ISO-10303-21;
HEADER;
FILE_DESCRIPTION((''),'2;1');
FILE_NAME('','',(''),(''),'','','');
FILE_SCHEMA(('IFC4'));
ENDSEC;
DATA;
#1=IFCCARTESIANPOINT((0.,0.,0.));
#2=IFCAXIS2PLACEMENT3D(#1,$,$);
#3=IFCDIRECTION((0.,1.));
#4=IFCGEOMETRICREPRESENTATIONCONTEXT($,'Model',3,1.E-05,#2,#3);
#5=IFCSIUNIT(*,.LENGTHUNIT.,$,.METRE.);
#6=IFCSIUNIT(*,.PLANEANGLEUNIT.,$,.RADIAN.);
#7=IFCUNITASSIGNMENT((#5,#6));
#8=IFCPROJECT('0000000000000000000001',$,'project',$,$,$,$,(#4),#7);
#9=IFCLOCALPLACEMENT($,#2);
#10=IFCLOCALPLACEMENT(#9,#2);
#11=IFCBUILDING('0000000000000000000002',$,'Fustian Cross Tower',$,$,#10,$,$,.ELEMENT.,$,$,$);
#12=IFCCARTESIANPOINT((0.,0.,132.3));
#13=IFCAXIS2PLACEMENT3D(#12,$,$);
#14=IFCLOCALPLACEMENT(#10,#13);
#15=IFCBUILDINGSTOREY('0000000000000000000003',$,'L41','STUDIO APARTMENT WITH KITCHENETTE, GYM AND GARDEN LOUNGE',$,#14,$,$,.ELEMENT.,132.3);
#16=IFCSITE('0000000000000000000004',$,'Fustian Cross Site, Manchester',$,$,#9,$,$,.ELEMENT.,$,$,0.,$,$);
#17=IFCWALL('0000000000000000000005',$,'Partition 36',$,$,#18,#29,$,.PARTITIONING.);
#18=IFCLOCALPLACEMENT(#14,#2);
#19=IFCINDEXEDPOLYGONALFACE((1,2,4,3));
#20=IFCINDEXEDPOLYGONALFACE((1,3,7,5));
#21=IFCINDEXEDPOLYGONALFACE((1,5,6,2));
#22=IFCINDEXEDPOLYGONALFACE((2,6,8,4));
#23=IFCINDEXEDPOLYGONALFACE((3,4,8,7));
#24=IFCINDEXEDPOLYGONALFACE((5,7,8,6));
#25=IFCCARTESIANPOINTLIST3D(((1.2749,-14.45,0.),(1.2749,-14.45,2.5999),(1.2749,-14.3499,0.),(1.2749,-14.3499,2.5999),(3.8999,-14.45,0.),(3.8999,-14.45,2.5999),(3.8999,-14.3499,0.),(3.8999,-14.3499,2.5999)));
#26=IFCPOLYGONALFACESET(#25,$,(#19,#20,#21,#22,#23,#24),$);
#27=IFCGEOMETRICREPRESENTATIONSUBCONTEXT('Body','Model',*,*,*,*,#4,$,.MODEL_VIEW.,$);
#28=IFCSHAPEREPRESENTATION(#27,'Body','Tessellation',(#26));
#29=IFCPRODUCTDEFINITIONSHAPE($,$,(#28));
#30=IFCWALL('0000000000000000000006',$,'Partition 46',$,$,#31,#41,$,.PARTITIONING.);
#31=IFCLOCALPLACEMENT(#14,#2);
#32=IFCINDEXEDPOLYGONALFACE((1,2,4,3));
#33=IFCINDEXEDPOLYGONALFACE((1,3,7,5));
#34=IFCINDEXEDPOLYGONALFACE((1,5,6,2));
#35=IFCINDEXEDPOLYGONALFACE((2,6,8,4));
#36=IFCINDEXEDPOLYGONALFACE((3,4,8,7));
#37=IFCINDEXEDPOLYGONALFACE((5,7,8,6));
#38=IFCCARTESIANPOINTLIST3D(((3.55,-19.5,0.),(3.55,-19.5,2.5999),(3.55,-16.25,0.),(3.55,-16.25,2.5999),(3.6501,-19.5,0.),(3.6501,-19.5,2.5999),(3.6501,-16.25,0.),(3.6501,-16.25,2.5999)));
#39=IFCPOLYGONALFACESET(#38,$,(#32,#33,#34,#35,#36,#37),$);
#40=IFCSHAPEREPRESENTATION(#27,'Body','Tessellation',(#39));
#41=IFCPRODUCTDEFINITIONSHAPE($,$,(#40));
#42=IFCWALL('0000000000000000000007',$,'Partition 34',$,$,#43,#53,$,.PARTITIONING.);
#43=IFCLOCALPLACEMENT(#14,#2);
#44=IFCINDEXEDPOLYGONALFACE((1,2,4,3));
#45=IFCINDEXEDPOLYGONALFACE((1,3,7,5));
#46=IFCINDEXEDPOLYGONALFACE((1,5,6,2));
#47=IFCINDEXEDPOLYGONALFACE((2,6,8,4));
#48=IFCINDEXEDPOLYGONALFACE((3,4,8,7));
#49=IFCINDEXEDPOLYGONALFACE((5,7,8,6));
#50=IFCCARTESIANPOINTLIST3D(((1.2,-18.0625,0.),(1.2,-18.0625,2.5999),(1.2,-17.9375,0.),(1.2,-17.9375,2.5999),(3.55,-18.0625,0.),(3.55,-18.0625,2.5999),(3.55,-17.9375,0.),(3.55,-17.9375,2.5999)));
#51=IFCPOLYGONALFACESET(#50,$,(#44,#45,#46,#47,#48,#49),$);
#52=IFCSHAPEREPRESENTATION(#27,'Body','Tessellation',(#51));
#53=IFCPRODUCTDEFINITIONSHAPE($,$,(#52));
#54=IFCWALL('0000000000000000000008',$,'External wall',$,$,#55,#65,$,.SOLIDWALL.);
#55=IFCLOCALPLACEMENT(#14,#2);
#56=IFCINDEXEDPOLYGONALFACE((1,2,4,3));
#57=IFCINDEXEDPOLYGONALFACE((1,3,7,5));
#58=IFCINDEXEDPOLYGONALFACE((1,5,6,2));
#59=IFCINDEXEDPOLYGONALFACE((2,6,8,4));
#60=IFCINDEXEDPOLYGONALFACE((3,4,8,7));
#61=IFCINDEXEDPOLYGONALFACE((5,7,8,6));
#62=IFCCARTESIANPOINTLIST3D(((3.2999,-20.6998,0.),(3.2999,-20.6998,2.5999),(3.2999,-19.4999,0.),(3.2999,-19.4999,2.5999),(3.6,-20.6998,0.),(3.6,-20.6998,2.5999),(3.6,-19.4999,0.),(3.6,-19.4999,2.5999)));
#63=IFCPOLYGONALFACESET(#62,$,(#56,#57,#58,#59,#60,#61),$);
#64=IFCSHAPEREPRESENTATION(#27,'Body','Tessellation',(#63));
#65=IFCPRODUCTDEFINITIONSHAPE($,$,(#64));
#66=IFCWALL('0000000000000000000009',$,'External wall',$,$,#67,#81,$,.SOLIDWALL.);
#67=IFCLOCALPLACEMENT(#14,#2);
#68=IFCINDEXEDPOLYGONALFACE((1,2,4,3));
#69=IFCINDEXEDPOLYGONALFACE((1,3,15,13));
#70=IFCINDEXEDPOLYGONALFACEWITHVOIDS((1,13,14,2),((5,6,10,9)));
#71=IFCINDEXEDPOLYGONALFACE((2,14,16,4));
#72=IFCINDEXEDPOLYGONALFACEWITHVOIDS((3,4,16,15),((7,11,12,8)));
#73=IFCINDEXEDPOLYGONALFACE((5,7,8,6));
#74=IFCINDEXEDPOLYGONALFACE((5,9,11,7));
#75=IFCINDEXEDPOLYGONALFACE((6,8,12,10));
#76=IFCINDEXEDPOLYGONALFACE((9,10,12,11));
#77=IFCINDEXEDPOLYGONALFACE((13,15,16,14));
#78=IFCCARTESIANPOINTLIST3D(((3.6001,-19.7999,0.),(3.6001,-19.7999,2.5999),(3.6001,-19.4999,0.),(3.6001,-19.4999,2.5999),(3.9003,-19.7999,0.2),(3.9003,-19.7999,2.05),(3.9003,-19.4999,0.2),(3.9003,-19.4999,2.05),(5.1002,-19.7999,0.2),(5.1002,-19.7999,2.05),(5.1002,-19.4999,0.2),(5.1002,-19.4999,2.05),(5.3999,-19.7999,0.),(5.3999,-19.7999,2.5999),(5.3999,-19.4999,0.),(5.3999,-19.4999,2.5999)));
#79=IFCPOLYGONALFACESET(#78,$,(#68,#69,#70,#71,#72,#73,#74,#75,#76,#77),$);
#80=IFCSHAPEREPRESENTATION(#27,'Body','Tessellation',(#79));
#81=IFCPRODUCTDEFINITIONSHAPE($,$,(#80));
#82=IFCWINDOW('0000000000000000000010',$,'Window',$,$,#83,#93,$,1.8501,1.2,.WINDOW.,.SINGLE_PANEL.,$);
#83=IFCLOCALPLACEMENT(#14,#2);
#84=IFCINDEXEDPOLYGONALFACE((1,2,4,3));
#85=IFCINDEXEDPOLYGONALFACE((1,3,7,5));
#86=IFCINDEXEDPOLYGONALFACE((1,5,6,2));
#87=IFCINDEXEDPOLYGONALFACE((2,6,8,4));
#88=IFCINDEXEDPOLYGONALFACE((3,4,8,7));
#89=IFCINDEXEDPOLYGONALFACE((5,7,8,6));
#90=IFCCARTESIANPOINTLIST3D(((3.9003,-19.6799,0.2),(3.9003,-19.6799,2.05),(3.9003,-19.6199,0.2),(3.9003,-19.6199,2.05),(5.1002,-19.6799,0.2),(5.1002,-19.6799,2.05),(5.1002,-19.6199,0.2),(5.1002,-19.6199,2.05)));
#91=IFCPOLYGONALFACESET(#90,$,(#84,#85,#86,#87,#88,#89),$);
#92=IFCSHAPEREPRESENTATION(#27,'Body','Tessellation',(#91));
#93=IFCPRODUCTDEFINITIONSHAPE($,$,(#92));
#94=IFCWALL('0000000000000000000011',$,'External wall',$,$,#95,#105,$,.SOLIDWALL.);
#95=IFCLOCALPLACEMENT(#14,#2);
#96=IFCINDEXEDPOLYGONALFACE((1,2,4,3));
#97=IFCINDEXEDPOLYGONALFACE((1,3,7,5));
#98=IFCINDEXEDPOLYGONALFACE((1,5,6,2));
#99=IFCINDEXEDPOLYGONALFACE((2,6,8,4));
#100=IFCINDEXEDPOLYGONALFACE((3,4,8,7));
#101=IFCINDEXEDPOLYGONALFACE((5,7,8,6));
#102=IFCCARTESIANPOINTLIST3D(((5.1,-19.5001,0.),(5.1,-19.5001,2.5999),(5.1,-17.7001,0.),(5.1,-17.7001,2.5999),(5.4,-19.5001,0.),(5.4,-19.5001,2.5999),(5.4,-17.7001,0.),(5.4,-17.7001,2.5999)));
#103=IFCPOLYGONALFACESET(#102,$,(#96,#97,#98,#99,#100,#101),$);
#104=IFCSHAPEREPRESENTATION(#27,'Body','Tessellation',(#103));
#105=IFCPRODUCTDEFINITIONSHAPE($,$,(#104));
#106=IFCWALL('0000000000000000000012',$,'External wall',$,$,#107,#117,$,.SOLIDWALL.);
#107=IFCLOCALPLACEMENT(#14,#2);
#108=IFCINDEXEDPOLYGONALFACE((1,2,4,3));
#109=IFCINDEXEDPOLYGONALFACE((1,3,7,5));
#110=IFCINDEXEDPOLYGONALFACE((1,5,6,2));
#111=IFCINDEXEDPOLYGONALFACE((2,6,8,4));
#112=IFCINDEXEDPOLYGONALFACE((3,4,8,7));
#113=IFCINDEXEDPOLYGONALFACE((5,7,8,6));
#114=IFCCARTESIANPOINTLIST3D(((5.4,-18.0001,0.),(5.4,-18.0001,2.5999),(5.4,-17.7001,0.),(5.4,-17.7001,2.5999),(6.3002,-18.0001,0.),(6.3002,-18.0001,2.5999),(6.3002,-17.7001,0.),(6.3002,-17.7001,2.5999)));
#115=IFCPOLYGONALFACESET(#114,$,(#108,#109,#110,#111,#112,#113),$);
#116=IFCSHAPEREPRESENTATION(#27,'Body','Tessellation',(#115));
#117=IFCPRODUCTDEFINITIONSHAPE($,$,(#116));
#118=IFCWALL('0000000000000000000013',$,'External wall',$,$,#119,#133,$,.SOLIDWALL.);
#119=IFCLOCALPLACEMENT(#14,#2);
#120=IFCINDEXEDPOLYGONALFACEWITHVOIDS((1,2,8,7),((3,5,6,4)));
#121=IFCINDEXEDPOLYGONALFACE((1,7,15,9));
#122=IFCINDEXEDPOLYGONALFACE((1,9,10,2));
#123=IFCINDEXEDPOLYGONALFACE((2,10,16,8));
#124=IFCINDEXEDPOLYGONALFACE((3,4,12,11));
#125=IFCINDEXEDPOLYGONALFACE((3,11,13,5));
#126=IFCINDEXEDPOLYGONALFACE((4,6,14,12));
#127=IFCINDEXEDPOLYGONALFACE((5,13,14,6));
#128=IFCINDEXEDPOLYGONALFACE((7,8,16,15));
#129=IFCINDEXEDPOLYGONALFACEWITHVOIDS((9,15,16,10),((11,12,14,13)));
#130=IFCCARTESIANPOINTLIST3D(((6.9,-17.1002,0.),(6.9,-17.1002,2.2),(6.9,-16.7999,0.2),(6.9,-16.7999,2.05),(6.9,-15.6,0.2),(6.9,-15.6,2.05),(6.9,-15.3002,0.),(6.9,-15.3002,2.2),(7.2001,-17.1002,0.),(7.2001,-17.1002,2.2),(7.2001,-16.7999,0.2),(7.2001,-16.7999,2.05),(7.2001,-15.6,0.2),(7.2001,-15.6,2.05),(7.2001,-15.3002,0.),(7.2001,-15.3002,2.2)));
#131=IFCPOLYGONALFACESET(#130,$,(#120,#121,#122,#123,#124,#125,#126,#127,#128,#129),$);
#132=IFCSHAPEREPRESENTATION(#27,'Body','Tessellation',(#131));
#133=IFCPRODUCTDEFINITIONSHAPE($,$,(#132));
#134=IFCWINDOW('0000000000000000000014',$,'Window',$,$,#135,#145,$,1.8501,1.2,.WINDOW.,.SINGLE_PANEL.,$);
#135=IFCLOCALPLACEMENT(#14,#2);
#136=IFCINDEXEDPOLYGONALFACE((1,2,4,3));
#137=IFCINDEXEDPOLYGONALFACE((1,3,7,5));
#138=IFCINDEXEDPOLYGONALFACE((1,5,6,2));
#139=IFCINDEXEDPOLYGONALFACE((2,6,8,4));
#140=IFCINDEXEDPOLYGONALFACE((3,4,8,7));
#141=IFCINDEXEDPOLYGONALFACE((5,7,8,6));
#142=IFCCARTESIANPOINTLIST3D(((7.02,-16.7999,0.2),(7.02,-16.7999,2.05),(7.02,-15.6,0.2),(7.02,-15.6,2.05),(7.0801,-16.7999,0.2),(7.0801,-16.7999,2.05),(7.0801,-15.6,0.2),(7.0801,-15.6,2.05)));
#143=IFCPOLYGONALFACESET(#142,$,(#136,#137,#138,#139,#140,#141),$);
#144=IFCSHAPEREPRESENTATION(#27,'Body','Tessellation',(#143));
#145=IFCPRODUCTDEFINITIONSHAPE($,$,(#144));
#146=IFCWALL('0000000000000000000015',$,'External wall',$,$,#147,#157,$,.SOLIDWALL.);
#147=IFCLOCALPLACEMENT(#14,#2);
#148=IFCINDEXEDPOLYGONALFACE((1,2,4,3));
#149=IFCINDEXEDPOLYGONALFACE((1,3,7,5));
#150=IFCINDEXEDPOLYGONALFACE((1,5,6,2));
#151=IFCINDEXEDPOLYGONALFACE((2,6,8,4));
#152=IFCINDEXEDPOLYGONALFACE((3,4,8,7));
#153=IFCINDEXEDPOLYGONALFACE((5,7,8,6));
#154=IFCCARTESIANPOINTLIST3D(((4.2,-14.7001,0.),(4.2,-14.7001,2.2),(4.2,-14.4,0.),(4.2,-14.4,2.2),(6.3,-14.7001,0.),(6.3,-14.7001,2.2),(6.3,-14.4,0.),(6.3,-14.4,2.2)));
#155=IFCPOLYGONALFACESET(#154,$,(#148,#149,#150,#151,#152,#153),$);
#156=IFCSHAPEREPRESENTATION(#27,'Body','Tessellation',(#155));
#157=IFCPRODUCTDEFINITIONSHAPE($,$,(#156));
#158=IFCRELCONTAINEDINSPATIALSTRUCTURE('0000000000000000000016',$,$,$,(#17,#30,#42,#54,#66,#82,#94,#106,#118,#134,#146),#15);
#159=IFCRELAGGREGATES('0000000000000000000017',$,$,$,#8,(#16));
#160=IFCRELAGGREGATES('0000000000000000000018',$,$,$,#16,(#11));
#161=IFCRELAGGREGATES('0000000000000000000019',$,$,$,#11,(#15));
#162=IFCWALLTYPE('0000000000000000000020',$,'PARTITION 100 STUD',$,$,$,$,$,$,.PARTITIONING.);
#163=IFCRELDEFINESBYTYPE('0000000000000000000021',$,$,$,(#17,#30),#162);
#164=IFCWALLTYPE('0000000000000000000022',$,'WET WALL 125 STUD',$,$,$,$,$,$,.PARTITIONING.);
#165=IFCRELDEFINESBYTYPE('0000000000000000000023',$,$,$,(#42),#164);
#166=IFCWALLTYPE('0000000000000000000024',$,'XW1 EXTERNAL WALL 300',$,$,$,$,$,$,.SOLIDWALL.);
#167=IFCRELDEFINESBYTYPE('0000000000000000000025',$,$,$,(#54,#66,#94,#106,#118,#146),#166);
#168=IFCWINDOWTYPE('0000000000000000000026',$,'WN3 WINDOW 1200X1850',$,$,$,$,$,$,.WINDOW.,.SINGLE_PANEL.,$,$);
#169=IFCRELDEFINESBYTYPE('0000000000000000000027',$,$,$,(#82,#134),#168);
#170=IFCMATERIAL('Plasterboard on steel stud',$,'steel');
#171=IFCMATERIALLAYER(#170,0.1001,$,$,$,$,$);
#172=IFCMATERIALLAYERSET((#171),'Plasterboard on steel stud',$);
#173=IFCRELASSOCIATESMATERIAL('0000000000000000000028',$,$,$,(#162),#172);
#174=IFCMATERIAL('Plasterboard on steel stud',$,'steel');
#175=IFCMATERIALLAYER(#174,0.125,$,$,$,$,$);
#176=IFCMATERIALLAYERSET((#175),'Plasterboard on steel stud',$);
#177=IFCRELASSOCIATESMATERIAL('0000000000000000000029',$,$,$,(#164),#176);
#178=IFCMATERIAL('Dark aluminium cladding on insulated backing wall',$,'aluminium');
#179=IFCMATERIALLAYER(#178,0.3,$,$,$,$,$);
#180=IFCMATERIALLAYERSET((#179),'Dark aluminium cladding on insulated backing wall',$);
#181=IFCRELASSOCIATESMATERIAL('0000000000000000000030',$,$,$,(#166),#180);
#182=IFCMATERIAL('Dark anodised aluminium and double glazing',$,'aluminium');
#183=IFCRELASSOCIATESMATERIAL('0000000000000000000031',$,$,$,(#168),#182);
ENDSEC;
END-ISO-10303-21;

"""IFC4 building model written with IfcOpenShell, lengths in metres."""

from ifc_helpers import new_model, si_unit, direction, frame, frame_2d, origin, place, context, subcontext, project, spatial, rectangle, extrude, material, layer, layer_set, type_object, element, fill, save


model = new_model("IFC4")

# Units and contexts
model_context = context("Model", 3, precision=1e-05, world=origin(), true_north=direction((0.0, 1.0)))
body_context = subcontext(model_context, "Body", "Model", "MODEL_VIEW")
ifc_project = project(units=[si_unit("LENGTHUNIT", "METRE"), si_unit("PLANEANGLEUNIT", "RADIAN")], contexts=[model_context])

# Site, building, storey
site_placement = place(None, origin())
site = spatial("IfcSite", under=ifc_project, at=site_placement, Name="Fustian Cross Site, Manchester", CompositionType="ELEMENT", RefElevation=0.0)
building_placement = place(site_placement, origin())
building = spatial("IfcBuilding", under=site, at=building_placement, Name="Fustian Cross Tower", CompositionType="ELEMENT")
storey_placement = place(building_placement, frame((0.0, 0.0, 132.3)))
storey = spatial("IfcBuildingStorey", under=building, at=storey_placement, Name="L41", Description="STUDIO APARTMENT WITH KITCHENETTE, GYM AND GARDEN LOUNGE", CompositionType="ELEMENT", Elevation=132.3)

# Shared definitions
ifc_material_1 = material(Name="Plasterboard on steel stud", Category="steel")
ifc_layer_1 = layer(ifc_material_1, 0.1001)
ifc_layer_set_1 = layer_set([ifc_layer_1], Name="Plasterboard on steel stud")
wall_type_1 = type_object("IfcWallType", Name="PARTITION 100 STUD", PredefinedType="PARTITIONING", material=ifc_layer_set_1)

# Walls
wall_1_placement = place(storey_placement, frame((1.2749, -14.3999, 0.0), z_axis=(0.0, 0.0, 1.0), x_axis=(1.0, 0.0, 0.0)))
element("IfcWall", 1, at=wall_1_placement, inside=storey, type_object=wall_type_1, Name="Partition 36", PredefinedType="PARTITIONING", context=body_context, shape_type="SweptSolid", body=[
    extrude(rectangle(XDim=2.625, YDim=0.1001, at=frame_2d((1.3125, 0.0))), origin(), (0.0, 0.0, 1.0), 2.5999),
])
wall_2_placement = place(storey_placement, frame((3.6001, -19.5, 0.0), z_axis=(0.0, 0.0, 1.0), x_axis=(0.0, 1.0, 0.0)))
element("IfcWall", 2, at=wall_2_placement, inside=storey, type_object=wall_type_1, Name="Partition 46", PredefinedType="PARTITIONING", context=body_context, shape_type="SweptSolid", body=[
    extrude(rectangle(XDim=3.25, YDim=0.1001, at=frame_2d((1.625, 0.0))), origin(), (0.0, 0.0, 1.0), 2.5999),
])
ifc_material_2 = material(Name="Plasterboard on steel stud", Category="steel")
ifc_layer_2 = layer(ifc_material_2, 0.125)
ifc_layer_set_2 = layer_set([ifc_layer_2], Name="Plasterboard on steel stud")
wall_type_2 = type_object("IfcWallType", Name="WET WALL 125 STUD", PredefinedType="PARTITIONING", material=ifc_layer_set_2)
wall_3_placement = place(storey_placement, frame((1.2, -18.0, 0.0), z_axis=(0.0, 0.0, 1.0), x_axis=(1.0, 0.0, 0.0)))
element("IfcWall", 3, at=wall_3_placement, inside=storey, type_object=wall_type_2, Name="Partition 34", PredefinedType="PARTITIONING", context=body_context, shape_type="SweptSolid", body=[
    extrude(rectangle(XDim=2.3501, YDim=0.125, at=frame_2d((1.175, 0.0))), origin(), (0.0, 0.0, 1.0), 2.5999),
])
ifc_material_3 = material(Name="Dark aluminium cladding on insulated backing wall", Category="aluminium")
ifc_layer_3 = layer(ifc_material_3, 0.3)
ifc_layer_set_3 = layer_set([ifc_layer_3], Name="Dark aluminium cladding on insulated backing wall")
wall_type_3 = type_object("IfcWallType", Name="XW1 EXTERNAL WALL 300", PredefinedType="SOLIDWALL", material=ifc_layer_set_3)
wall_4_placement = place(storey_placement, frame((3.45, -20.7, 0.0), z_axis=(0.0, 0.0, 1.0), x_axis=(0.0, 1.0, 0.0)))
element("IfcWall", 4, at=wall_4_placement, inside=storey, type_object=wall_type_3, Name="External wall", PredefinedType="SOLIDWALL", context=body_context, shape_type="SweptSolid", body=[
    extrude(rectangle(XDim=1.2, YDim=0.3, at=frame_2d((0.6001, 0.0))), origin(), (0.0, 0.0, 1.0), 2.5999),
])

# Wall, opening, window
wall_5_placement = place(storey_placement, frame((3.6001, -19.6499, 0.0), z_axis=(0.0, 0.0, 1.0), x_axis=(1.0, 0.0, 0.0)))
wall_5 = element("IfcWall", 5, at=wall_5_placement, inside=storey, type_object=wall_type_3, Name="External wall", PredefinedType="SOLIDWALL", context=body_context, shape_type="SweptSolid", body=[
    extrude(rectangle(XDim=1.7998, YDim=0.3, at=frame_2d((0.8999, 0.0))), origin(), (0.0, 0.0, 1.0), 2.5999),
])
opening_1_placement = place(wall_5_placement, frame((0.3, 0.0, 0.2)))
opening_1 = element("IfcOpeningElement", 6, at=opening_1_placement, cuts=wall_5, PredefinedType="OPENING", context=body_context, shape_type="SweptSolid", body=[
    extrude(rectangle(XDim=1.2, YDim=1.8501, at=frame_2d((0.6001, 0.925))), frame((0.0, 0.1599, 0.0), z_axis=(0.0, -1.0, 0.0), x_axis=(1.0, 0.0, 0.0)), (0.0, 0.0, 1.0), 0.3201),
])
ifc_material_4 = material(Name="Dark anodised aluminium and double glazing", Category="aluminium")
window_type = type_object("IfcWindowType", Name="WN3 WINDOW 1200X1850", PartitioningType="SINGLE_PANEL", PredefinedType="WINDOW", material=ifc_material_4)
window_1_placement = place(opening_1_placement, origin())
window_1 = element("IfcWindow", 7, at=window_1_placement, inside=storey, type_object=window_type, Name="Window", OverallHeight=1.8501, OverallWidth=1.2, PartitioningType="SINGLE_PANEL", PredefinedType="WINDOW", context=body_context, shape_type="SweptSolid", body=[
    extrude(rectangle(XDim=1.2, YDim=1.8501, at=frame_2d((0.6001, 0.925))), frame((0.0, 0.03, 0.0), z_axis=(0.0, -1.0, 0.0), x_axis=(1.0, 0.0, 0.0)), (0.0, 0.0, 1.0), 0.0601),
])
fill(opening_1, window_1)

# Walls
wall_6_placement = place(storey_placement, frame((5.25, -19.5, 0.0), z_axis=(0.0, 0.0, 1.0), x_axis=(0.0, 1.0, 0.0)))
element("IfcWall", 8, at=wall_6_placement, inside=storey, type_object=wall_type_3, Name="External wall", PredefinedType="SOLIDWALL", context=body_context, shape_type="SweptSolid", body=[
    extrude(rectangle(XDim=1.8, YDim=0.3, at=frame_2d((0.8999, 0.0))), origin(), (0.0, 0.0, 1.0), 2.5999),
])
wall_7_placement = place(storey_placement, frame((5.3999, -17.8501, 0.0), z_axis=(0.0, 0.0, 1.0), x_axis=(1.0, 0.0, 0.0)))
element("IfcWall", 9, at=wall_7_placement, inside=storey, type_object=wall_type_3, Name="External wall", PredefinedType="SOLIDWALL", context=body_context, shape_type="SweptSolid", body=[
    extrude(rectangle(XDim=0.9001, YDim=0.3, at=frame_2d((0.4502, 0.0))), origin(), (0.0, 0.0, 1.0), 2.5999),
])

# Wall, opening, window
wall_8_placement = place(storey_placement, frame((7.05, -17.1001, 0.0), z_axis=(0.0, 0.0, 1.0), x_axis=(0.0, 1.0, 0.0)))
wall_8 = element("IfcWall", 10, at=wall_8_placement, inside=storey, type_object=wall_type_3, Name="External wall", PredefinedType="SOLIDWALL", context=body_context, shape_type="SweptSolid", body=[
    extrude(rectangle(XDim=1.8, YDim=0.3, at=frame_2d((0.8999, 0.0))), origin(), (0.0, 0.0, 1.0), 2.2),
])
opening_2_placement = place(wall_8_placement, frame((0.3, 0.0, 0.2)))
opening_2 = element("IfcOpeningElement", 11, at=opening_2_placement, cuts=wall_8, PredefinedType="OPENING", context=body_context, shape_type="SweptSolid", body=[
    extrude(rectangle(XDim=1.2, YDim=1.8501, at=frame_2d((0.6001, 0.925))), frame((0.0, 0.1599, 0.0), z_axis=(0.0, -1.0, 0.0), x_axis=(1.0, 0.0, 0.0)), (0.0, 0.0, 1.0), 0.3201),
])
window_2_placement = place(opening_2_placement, origin())
window_2 = element("IfcWindow", 12, at=window_2_placement, inside=storey, type_object=window_type, Name="Window", OverallHeight=1.8501, OverallWidth=1.2, PartitioningType="SINGLE_PANEL", PredefinedType="WINDOW", context=body_context, shape_type="SweptSolid", body=[
    extrude(rectangle(XDim=1.2, YDim=1.8501, at=frame_2d((0.6001, 0.925))), frame((0.0, 0.03, 0.0), z_axis=(0.0, -1.0, 0.0), x_axis=(1.0, 0.0, 0.0)), (0.0, 0.0, 1.0), 0.0601),
])
fill(opening_2, window_2)

# Wall
wall_9_placement = place(storey_placement, frame((6.3, -14.55, 0.0), z_axis=(0.0, 0.0, 1.0), x_axis=(-1.0, 0.0, 0.0)))
element("IfcWall", 13, at=wall_9_placement, inside=storey, type_object=wall_type_3, Name="External wall", PredefinedType="SOLIDWALL", context=body_context, shape_type="SweptSolid", body=[
    extrude(rectangle(XDim=2.1001, YDim=0.3, at=frame_2d((1.05, 0.0))), origin(), (0.0, 0.0, 1.0), 2.2),
])

save(model, "model.ifc")
